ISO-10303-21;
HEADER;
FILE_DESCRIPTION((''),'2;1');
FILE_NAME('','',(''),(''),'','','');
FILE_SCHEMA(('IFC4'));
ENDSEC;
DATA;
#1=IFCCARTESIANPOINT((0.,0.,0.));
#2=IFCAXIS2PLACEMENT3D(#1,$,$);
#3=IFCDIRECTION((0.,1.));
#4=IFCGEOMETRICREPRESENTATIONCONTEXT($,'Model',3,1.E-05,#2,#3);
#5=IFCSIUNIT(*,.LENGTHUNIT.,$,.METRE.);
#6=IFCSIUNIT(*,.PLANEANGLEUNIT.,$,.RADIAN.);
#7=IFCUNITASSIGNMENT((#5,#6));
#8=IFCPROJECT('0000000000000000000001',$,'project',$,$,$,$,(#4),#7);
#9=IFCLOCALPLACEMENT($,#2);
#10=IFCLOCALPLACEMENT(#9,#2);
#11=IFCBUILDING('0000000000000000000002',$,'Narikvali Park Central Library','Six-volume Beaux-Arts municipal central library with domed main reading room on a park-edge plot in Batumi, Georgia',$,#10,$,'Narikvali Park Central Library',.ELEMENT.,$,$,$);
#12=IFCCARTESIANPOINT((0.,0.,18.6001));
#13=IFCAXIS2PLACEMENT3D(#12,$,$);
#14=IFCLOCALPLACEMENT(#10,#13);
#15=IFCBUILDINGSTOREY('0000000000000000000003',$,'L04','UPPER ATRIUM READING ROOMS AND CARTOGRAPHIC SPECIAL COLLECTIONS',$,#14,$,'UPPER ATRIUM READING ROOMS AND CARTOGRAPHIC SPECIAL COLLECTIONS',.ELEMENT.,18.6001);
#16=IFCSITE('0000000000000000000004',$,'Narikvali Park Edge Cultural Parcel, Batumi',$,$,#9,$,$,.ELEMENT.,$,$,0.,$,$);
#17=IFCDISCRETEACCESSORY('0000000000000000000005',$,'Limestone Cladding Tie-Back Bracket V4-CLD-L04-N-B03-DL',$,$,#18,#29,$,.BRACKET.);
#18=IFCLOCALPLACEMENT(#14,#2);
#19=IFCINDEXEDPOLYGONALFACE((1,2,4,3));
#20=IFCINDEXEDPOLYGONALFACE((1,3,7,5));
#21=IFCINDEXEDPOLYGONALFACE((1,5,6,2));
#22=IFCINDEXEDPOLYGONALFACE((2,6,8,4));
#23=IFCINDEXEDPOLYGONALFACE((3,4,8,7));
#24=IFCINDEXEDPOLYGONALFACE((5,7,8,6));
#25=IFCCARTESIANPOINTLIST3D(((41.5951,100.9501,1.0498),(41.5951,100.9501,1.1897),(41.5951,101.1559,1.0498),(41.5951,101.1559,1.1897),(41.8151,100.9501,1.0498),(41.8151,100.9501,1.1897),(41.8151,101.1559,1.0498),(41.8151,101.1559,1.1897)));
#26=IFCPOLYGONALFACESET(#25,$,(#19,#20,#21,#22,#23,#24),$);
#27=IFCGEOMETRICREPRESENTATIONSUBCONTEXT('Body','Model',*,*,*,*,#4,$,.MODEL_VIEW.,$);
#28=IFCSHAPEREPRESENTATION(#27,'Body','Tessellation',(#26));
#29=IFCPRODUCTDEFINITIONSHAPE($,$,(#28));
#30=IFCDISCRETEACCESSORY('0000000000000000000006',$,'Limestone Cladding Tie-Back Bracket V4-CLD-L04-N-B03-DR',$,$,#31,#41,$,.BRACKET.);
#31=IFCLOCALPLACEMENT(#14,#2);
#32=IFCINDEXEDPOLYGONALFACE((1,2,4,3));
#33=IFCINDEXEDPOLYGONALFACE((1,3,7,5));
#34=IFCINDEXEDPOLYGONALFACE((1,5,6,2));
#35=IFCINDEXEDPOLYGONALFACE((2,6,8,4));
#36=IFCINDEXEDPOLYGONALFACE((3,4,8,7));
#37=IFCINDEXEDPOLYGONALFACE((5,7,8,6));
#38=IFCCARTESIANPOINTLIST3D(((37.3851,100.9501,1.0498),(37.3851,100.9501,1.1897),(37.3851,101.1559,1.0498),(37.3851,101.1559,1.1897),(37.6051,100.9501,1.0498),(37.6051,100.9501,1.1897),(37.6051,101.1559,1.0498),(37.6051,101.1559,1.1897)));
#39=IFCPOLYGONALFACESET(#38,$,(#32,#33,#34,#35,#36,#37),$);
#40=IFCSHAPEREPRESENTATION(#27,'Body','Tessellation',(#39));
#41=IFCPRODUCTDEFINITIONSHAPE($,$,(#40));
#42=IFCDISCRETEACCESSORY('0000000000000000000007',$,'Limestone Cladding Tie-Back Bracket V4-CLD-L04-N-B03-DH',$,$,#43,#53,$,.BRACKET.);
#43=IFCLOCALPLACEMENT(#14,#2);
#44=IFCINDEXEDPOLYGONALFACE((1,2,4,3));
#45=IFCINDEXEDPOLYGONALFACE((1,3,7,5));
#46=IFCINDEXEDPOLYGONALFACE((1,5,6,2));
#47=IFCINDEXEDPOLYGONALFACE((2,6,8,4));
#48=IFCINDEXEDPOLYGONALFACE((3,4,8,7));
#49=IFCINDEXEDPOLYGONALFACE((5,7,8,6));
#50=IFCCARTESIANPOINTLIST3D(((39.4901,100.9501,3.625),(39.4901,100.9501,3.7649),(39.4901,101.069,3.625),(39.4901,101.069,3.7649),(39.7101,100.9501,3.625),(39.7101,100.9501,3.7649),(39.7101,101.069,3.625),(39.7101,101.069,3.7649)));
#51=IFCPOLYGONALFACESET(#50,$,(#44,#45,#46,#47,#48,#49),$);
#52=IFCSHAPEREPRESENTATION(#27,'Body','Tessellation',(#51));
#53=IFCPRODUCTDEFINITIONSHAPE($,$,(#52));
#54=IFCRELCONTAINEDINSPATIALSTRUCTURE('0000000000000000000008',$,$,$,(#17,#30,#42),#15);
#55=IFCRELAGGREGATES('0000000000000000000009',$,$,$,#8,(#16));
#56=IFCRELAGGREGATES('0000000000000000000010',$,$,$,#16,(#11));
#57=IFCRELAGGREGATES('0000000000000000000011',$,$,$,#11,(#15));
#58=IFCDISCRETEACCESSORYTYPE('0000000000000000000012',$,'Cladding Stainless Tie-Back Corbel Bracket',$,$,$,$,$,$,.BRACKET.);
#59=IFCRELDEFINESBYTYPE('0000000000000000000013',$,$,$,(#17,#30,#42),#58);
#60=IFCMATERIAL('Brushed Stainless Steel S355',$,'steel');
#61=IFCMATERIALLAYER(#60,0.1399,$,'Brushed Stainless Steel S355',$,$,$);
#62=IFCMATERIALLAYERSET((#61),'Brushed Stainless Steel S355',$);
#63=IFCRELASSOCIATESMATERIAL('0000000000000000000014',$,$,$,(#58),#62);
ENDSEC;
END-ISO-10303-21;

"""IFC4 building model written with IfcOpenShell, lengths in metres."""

from ifc_helpers import new_model, si_unit, direction, frame, origin, origin_2d, place, context, subcontext, project, spatial, rectangle, extrude, material, layer, layer_set, type_object, element, save


model = new_model("IFC4")

# Units and contexts
model_context = context("Model", 3, precision=1e-05, world=origin(), true_north=direction((0.0, 1.0)))
body_context = subcontext(model_context, "Body", "Model", "MODEL_VIEW")
ifc_project = project(units=[si_unit("LENGTHUNIT", "METRE"), si_unit("PLANEANGLEUNIT", "RADIAN")], contexts=[model_context])

# Site, building, storey
site_placement = place(None, origin())
site = spatial("IfcSite", under=ifc_project, at=site_placement, Name="Narikvali Park Edge Cultural Parcel, Batumi", CompositionType="ELEMENT", RefElevation=0.0)
building_placement = place(site_placement, origin())
building = spatial("IfcBuilding", under=site, at=building_placement, Name="Narikvali Park Central Library", Description="Six-volume Beaux-Arts municipal central library with domed main reading room on a park-edge plot in Batumi, Georgia", LongName="Narikvali Park Central Library", CompositionType="ELEMENT")
storey_placement = place(building_placement, frame((0.0, 0.0, 18.6001)))
storey = spatial("IfcBuildingStorey", under=building, at=storey_placement, Name="L04", Description="UPPER ATRIUM READING ROOMS AND CARTOGRAPHIC SPECIAL COLLECTIONS", LongName="UPPER ATRIUM READING ROOMS AND CARTOGRAPHIC SPECIAL COLLECTIONS", CompositionType="ELEMENT", Elevation=18.6001)

# Discrete accessories
ifc_material_1 = material(Name="Brushed Stainless Steel S355", Category="steel")
ifc_layer_1 = layer(ifc_material_1, 0.1399, Name="Brushed Stainless Steel S355")
ifc_layer_set_1 = layer_set([ifc_layer_1], Name="Brushed Stainless Steel S355")
discrete_accessory_type = type_object("IfcDiscreteAccessoryType", Name="Cladding Stainless Tie-Back Corbel Bracket", PredefinedType="BRACKET", material=ifc_layer_set_1)
for number, where, z_axis, x_axis, name in (
    (1, (41.7051, 101.053, 1.0498), (0.0, 0.0, 1.0), (1.0, 0.0, 0.0), "Limestone Cladding Tie-Back Bracket V4-CLD-L04-N-B03-DL"),
    (2, (37.4951, 101.053, 1.0498), (0.0, 0.0, 1.0), (1.0, 0.0, 0.0), "Limestone Cladding Tie-Back Bracket V4-CLD-L04-N-B03-DR"),
):
    element("IfcDiscreteAccessory", number, at=place(storey_placement, frame(where, z_axis=z_axis, x_axis=x_axis)), inside=storey, type_object=discrete_accessory_type, Name=name, PredefinedType="BRACKET", context=body_context, shape_type="SweptSolid", body=[
        extrude(rectangle(XDim=0.22, YDim=0.2058, at=origin_2d()), origin(), (0.0, 0.0, 1.0), 0.1399),
    ])
discrete_accessory_1_placement = place(storey_placement, frame((39.6001, 101.0095, 3.625), z_axis=(0.0, 0.0, 1.0), x_axis=(1.0, 0.0, 0.0)))
element("IfcDiscreteAccessory", 3, at=discrete_accessory_1_placement, inside=storey, type_object=discrete_accessory_type, Name="Limestone Cladding Tie-Back Bracket V4-CLD-L04-N-B03-DH", PredefinedType="BRACKET", context=body_context, shape_type="SweptSolid", body=[
    extrude(rectangle(XDim=0.22, YDim=0.1189, at=origin_2d()), origin(), (0.0, 0.0, 1.0), 0.1399),
])

save(model, "model.ifc")
